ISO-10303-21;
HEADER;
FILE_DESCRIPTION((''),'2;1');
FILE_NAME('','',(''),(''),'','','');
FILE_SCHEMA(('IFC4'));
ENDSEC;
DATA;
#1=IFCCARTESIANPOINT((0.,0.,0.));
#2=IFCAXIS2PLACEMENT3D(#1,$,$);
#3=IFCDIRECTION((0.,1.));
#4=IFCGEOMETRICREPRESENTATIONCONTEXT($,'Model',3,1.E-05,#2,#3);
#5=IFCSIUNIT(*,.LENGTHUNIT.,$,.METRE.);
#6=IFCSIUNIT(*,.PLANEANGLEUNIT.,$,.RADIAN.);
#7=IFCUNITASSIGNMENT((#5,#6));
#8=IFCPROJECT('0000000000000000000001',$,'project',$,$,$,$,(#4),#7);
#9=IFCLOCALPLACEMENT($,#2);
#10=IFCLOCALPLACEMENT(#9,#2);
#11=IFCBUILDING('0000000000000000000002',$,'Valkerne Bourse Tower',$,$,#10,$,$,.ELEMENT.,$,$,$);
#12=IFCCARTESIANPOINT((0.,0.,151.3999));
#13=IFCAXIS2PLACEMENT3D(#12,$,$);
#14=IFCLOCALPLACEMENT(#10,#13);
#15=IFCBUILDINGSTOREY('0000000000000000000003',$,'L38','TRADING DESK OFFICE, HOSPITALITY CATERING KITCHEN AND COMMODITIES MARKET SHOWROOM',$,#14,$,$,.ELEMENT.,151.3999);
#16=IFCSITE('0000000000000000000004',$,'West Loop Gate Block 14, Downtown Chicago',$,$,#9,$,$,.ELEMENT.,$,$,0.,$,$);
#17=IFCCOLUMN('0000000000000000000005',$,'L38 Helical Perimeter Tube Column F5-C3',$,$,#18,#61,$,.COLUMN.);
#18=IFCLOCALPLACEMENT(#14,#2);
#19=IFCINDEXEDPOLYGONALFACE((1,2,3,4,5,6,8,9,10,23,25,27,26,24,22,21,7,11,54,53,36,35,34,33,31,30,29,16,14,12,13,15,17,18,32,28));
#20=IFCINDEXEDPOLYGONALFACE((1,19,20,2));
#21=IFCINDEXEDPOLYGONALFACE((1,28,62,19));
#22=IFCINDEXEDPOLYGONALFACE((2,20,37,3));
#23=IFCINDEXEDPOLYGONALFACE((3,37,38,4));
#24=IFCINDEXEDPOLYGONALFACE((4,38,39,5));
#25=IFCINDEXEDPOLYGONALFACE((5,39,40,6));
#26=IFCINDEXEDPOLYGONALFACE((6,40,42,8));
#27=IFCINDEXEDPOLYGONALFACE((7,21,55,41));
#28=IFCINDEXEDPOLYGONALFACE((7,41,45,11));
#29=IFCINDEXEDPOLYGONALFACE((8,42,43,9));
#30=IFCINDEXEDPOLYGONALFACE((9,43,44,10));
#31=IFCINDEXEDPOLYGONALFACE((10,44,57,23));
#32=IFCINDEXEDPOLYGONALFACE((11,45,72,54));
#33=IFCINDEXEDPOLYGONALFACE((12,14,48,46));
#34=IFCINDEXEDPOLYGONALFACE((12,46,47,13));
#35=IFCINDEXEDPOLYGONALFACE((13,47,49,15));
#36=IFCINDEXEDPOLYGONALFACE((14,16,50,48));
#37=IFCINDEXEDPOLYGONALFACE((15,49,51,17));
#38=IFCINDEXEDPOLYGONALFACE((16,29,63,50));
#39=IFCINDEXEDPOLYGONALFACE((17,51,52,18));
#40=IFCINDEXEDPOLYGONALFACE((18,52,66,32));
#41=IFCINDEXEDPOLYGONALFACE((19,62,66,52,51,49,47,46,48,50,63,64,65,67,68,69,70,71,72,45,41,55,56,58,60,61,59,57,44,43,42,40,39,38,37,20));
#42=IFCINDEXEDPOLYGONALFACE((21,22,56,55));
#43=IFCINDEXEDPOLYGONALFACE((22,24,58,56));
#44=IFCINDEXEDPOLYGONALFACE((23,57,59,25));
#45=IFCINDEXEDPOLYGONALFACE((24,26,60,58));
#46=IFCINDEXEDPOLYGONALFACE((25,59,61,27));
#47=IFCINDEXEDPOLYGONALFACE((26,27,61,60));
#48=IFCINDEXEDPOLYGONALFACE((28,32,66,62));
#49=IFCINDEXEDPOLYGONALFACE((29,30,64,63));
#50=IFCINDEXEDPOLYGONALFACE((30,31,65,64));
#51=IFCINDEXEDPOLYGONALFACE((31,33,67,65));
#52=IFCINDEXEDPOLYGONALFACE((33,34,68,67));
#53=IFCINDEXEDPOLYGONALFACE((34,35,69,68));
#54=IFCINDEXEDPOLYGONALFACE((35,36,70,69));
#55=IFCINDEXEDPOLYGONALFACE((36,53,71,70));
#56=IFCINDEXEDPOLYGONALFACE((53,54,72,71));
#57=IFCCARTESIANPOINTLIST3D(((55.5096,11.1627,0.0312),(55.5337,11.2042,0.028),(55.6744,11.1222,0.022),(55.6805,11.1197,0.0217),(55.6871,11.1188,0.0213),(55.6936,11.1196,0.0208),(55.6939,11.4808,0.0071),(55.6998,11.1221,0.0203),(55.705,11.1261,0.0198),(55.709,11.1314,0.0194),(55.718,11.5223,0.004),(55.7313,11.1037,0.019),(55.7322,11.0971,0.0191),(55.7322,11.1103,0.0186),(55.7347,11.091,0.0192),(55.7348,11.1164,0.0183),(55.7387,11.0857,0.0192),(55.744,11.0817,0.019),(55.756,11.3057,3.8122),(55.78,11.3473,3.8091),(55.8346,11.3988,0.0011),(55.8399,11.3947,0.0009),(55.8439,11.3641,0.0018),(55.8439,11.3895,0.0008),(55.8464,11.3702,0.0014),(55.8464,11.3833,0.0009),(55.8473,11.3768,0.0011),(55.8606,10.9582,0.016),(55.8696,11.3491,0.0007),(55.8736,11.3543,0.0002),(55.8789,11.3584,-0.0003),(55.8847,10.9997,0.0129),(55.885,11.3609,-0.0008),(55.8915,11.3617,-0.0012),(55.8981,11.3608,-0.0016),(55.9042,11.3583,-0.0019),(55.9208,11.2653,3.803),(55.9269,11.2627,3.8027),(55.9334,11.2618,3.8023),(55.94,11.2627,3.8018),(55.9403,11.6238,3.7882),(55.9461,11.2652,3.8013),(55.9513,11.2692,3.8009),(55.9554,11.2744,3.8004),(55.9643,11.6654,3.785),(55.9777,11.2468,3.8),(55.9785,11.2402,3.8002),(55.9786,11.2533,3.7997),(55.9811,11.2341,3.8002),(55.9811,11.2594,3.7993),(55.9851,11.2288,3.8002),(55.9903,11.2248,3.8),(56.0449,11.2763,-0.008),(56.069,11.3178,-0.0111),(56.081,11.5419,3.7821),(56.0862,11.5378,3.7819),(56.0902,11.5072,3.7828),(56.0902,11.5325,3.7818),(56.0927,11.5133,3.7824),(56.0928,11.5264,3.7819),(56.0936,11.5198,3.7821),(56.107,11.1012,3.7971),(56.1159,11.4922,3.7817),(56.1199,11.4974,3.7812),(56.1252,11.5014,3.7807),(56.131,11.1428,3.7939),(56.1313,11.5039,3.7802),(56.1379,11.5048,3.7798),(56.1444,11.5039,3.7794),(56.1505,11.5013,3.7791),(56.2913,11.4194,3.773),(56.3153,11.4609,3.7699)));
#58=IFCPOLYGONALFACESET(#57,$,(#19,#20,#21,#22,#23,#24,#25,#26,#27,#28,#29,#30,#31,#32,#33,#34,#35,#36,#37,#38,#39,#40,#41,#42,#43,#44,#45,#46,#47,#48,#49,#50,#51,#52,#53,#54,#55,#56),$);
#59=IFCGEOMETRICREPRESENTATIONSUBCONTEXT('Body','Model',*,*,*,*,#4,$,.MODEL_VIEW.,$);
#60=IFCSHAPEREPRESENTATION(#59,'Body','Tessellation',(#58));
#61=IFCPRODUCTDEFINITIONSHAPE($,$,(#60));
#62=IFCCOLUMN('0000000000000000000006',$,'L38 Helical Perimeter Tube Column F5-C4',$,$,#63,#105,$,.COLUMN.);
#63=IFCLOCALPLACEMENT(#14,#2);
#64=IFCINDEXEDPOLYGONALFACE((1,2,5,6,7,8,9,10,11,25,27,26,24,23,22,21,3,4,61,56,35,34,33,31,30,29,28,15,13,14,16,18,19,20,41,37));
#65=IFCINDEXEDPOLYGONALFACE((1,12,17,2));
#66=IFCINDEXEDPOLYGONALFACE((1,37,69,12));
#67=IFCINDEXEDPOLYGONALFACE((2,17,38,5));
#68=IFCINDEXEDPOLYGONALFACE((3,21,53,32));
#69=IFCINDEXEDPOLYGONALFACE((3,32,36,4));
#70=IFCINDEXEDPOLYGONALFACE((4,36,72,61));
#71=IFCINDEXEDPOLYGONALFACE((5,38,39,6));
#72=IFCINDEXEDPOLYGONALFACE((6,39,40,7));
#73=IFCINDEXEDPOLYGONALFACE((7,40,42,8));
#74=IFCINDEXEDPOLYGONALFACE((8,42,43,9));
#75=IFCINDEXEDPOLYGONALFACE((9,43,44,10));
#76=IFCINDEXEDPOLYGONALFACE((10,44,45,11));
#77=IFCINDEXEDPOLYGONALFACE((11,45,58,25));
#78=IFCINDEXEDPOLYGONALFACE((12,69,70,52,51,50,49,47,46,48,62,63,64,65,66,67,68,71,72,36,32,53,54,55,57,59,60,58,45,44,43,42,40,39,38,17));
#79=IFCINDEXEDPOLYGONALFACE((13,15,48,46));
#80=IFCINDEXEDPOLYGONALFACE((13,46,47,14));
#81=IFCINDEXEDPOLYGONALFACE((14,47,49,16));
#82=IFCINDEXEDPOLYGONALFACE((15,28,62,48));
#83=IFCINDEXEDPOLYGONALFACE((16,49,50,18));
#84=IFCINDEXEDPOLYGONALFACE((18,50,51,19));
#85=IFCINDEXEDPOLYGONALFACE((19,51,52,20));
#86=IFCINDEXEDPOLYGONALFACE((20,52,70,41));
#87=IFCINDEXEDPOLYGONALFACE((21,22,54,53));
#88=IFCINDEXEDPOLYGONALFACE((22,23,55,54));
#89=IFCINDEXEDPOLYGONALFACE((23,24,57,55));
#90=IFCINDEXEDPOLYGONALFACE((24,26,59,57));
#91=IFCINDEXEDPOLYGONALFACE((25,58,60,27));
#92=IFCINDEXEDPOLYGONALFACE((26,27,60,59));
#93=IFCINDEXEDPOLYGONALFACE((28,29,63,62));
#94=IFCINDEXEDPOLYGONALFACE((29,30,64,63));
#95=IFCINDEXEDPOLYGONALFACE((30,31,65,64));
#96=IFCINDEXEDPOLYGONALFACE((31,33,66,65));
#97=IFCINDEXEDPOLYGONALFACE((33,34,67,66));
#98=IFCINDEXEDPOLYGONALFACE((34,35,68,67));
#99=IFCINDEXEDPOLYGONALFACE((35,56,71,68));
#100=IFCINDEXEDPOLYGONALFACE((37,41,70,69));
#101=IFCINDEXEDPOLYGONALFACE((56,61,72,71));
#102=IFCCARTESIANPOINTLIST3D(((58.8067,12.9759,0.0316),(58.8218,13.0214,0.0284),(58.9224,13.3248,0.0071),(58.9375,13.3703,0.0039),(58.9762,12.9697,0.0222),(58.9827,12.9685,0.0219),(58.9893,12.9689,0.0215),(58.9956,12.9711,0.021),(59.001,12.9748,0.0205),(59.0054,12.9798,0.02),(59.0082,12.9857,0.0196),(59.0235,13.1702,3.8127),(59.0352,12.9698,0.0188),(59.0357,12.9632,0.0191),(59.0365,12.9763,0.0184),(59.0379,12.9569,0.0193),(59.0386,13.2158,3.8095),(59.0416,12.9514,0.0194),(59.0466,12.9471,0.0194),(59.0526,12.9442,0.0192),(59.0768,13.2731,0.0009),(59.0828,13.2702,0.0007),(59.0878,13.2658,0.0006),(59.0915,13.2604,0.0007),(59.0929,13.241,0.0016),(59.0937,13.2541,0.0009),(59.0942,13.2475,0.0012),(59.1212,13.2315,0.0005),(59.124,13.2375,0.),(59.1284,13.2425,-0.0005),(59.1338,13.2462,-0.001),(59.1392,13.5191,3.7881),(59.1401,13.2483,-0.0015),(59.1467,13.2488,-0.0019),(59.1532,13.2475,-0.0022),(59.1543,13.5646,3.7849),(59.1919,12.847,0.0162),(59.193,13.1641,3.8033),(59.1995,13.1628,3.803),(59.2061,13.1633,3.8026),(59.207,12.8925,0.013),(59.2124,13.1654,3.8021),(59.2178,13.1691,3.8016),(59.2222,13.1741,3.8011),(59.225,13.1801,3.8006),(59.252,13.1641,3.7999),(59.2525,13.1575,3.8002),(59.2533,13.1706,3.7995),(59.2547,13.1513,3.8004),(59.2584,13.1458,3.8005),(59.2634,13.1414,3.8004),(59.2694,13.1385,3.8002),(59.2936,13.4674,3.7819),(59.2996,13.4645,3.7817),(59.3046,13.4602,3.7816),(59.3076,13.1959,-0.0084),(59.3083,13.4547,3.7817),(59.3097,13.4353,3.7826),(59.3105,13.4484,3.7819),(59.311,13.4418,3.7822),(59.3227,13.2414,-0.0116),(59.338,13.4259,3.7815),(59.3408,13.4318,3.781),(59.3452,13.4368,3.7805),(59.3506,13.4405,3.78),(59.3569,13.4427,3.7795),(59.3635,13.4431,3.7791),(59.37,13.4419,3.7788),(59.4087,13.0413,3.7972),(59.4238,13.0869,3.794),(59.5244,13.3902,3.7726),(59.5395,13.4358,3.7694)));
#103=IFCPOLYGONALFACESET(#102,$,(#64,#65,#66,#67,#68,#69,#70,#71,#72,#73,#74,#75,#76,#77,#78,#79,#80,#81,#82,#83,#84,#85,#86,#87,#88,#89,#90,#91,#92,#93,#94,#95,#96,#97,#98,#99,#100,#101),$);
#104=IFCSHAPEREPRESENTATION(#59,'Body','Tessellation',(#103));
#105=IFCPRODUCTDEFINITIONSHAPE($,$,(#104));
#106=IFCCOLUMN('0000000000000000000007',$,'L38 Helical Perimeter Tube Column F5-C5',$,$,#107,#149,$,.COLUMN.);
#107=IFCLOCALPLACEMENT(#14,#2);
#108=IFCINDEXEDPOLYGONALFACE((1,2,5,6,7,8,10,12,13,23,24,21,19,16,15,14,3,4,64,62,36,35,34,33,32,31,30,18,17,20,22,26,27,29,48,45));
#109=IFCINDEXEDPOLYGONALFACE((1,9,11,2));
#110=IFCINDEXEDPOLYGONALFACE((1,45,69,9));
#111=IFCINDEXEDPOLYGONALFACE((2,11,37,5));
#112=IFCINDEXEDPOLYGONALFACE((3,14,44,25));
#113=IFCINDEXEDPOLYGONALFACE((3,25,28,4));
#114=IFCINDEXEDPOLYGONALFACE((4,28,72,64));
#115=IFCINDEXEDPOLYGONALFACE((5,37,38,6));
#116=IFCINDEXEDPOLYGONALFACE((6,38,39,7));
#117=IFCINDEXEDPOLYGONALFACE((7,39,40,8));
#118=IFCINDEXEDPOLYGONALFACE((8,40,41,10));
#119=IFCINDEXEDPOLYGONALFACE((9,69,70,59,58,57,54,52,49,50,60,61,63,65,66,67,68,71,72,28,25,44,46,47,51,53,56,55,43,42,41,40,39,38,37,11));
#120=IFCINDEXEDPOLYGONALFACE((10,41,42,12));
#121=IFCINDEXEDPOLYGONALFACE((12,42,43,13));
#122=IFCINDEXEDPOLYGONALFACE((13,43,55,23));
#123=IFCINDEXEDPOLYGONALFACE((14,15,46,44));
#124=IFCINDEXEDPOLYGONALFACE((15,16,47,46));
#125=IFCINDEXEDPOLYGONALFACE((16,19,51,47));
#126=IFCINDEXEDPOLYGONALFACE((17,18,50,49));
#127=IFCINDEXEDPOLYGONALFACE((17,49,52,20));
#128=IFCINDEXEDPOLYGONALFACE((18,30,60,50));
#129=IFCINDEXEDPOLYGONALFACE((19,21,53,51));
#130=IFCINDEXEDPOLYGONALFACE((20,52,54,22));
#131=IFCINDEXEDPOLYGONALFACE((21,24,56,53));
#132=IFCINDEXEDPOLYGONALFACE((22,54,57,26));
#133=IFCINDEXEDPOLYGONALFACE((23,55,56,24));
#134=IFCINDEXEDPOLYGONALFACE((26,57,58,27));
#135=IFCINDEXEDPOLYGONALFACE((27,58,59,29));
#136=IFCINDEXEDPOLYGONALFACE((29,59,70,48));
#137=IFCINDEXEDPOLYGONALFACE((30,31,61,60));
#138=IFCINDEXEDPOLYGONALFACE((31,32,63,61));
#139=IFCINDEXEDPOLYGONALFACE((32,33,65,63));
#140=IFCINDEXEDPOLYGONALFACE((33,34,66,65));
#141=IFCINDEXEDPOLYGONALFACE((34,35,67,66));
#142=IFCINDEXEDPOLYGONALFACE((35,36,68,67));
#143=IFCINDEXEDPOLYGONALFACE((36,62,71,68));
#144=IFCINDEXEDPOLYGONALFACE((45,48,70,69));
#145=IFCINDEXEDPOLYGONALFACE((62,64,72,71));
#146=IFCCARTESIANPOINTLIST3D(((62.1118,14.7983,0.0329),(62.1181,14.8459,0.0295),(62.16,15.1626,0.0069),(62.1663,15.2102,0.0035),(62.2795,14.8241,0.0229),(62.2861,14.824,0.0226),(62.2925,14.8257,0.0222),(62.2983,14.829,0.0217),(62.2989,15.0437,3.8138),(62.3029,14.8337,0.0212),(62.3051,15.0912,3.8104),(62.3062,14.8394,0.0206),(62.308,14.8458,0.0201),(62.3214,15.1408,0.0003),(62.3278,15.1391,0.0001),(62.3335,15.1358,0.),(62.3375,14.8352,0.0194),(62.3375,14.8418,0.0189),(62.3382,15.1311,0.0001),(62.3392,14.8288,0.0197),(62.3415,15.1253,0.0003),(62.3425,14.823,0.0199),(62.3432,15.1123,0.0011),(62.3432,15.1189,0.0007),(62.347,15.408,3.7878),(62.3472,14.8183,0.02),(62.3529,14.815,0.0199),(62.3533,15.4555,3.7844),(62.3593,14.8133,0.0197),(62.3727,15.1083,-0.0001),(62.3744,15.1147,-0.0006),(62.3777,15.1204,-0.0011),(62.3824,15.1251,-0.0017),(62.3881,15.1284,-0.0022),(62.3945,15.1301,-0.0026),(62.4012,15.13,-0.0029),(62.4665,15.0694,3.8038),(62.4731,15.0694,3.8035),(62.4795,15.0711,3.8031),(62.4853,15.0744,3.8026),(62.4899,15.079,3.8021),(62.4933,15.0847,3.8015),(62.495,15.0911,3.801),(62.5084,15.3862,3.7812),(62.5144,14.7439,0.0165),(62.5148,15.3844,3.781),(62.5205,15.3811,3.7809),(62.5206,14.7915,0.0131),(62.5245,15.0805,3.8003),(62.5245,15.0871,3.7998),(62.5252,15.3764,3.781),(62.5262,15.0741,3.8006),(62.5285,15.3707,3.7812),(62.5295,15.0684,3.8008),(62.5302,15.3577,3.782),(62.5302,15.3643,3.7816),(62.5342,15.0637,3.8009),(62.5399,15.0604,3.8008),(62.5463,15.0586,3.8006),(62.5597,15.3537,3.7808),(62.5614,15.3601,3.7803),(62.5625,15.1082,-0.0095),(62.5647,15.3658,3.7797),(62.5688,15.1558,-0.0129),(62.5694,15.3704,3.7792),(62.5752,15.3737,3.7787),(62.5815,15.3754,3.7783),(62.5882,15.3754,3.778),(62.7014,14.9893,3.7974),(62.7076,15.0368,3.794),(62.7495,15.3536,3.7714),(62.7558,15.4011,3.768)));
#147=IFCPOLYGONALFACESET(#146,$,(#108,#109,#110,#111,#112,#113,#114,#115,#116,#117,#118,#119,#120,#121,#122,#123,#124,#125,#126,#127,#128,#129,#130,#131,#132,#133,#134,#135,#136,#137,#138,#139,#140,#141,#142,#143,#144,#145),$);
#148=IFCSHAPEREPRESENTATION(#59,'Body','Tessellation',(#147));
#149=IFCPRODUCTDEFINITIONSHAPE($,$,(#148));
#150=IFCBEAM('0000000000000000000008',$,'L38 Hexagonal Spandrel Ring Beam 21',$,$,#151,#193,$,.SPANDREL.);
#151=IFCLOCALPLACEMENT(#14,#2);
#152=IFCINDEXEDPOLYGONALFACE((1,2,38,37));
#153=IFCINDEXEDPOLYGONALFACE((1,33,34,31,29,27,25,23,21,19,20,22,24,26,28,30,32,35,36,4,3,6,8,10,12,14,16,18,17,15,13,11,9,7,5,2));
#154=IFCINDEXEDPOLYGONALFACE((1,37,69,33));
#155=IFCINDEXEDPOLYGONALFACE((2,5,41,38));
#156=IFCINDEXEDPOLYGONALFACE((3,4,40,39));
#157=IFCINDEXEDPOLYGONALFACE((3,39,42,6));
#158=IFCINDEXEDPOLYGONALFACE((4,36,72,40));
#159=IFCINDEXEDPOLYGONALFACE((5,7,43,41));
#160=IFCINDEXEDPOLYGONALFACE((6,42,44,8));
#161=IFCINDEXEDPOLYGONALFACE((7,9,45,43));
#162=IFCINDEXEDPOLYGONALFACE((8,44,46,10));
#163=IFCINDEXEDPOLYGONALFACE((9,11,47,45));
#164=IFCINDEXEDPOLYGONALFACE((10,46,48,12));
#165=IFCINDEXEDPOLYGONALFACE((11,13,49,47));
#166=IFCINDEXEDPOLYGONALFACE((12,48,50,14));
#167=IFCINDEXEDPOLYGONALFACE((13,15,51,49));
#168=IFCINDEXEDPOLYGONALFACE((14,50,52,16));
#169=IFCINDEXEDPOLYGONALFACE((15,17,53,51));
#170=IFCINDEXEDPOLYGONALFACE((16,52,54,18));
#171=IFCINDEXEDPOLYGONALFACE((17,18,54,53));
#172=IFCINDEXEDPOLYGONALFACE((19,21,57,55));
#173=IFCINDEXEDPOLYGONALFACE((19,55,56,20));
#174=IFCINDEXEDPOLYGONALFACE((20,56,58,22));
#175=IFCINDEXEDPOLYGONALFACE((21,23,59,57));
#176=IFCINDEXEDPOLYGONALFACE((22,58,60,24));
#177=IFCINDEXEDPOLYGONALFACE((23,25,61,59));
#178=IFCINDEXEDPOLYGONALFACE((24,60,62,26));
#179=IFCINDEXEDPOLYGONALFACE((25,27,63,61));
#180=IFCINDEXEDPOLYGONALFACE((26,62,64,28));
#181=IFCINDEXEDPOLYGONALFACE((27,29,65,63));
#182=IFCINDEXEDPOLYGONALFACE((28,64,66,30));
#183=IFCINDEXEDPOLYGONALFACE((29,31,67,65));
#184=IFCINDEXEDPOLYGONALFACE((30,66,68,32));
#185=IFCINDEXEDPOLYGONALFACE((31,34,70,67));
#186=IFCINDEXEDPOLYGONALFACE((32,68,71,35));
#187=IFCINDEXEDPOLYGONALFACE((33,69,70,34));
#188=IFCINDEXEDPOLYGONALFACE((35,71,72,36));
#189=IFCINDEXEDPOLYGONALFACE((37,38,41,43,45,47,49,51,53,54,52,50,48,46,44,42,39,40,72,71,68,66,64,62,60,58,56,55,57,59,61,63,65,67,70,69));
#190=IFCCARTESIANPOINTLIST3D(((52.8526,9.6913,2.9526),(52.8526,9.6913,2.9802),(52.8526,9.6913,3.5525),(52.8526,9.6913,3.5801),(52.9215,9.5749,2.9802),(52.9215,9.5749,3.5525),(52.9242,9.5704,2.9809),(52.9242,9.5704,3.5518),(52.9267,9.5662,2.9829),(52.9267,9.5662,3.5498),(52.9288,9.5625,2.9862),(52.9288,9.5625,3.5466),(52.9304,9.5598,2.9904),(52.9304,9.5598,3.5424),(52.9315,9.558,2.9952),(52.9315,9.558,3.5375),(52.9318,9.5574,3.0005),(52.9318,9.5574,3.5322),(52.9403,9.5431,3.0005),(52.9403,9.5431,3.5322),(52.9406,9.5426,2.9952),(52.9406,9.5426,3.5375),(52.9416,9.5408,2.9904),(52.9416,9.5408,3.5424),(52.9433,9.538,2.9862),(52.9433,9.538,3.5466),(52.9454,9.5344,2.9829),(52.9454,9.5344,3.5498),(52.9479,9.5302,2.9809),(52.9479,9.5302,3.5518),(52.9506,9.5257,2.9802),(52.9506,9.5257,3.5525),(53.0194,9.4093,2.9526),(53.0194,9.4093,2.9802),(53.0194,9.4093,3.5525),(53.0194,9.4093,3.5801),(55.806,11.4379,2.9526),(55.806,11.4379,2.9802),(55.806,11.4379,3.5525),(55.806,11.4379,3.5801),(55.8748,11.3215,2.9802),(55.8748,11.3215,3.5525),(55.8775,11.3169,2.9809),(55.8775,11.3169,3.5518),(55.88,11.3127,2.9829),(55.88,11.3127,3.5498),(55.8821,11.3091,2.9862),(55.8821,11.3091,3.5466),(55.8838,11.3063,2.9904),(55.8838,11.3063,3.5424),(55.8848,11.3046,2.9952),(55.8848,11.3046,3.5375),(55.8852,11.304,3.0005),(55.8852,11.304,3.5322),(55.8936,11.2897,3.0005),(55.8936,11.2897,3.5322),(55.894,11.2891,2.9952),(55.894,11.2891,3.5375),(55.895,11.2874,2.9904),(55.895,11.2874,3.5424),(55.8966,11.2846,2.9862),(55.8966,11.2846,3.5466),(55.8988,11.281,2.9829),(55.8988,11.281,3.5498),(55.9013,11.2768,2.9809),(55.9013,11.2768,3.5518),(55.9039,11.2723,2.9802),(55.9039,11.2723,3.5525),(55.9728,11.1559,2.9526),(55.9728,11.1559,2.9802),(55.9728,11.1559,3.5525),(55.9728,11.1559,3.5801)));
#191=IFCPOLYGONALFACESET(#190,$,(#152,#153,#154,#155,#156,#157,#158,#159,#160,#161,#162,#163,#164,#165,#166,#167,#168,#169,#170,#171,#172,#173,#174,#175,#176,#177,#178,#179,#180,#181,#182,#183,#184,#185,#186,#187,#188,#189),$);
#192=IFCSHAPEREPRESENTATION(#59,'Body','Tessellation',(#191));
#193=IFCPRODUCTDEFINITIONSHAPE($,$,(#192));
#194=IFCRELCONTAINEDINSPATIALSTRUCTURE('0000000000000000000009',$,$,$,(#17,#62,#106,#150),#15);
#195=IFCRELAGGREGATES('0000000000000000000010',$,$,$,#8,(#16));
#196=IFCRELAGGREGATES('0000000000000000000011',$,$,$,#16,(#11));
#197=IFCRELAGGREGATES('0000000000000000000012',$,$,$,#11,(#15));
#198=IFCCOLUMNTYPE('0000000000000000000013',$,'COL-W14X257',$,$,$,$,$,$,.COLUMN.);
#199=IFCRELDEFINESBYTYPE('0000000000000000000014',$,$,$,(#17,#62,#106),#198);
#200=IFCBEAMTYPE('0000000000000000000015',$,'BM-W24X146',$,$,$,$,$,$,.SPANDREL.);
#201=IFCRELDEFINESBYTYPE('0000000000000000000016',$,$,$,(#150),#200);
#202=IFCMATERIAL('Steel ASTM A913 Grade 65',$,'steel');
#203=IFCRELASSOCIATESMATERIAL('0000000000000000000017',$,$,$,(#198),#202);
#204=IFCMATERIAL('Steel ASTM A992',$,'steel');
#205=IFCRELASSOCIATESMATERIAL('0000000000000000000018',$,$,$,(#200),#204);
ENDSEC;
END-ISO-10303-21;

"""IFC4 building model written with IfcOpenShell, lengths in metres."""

from ifc_helpers import new_model, si_unit, direction, frame, origin, origin_2d, place, context, subcontext, project, spatial, i_section, extrude, material, material_profile, profile_set, type_object, element, save


model = new_model("IFC4")

# Units and contexts
model_context = context("Model", 3, precision=1e-05, world=origin(), true_north=direction((0.0, 1.0)))
body_context = subcontext(model_context, "Body", "Model", "MODEL_VIEW")
ifc_project = project(units=[si_unit("LENGTHUNIT", "METRE"), si_unit("PLANEANGLEUNIT", "RADIAN")], contexts=[model_context])

# Site, building, storey
site_placement = place(None, origin())
site = spatial("IfcSite", under=ifc_project, at=site_placement, Name="West Loop Gate Block 14, Downtown Chicago", CompositionType="ELEMENT", RefElevation=0.0)
building_placement = place(site_placement, origin())
building = spatial("IfcBuilding", under=site, at=building_placement, Name="Valkerne Bourse Tower", CompositionType="ELEMENT")
storey_placement = place(building_placement, frame((0.0, 0.0, 151.3999)))
storey = spatial("IfcBuildingStorey", under=building, at=storey_placement, Name="L38", Description="TRADING DESK OFFICE, HOSPITALITY CATERING KITCHEN AND COMMODITIES MARKET SHOWROOM", CompositionType="ELEMENT", Elevation=151.3999)

# Columns
ifc_material_1 = material(Name="Steel ASTM A913 Grade 65", Category="steel")
ifc_material_profile_1 = material_profile(ifc_material_1, i_section(OverallWidth=0.4065, OverallDepth=0.4165, WebThickness=0.0298, FlangeThickness=0.0481, FilletRadius=0.0254, at=origin_2d()), Name="W14X257")
ifc_profile_set_1 = profile_set([ifc_material_profile_1], Name="Steel ASTM A913 Grade 65")
column_type = type_object("IfcColumnType", Name="COL-W14X257", PredefinedType="COLUMN", material=ifc_profile_set_1)
column_1_placement = place(storey_placement, frame((55.7893, 11.2402, 0.01), z_axis=(0.064967, 0.037731, 0.997174), x_axis=(-0.863475, 0.503016, 0.037223)))
element("IfcColumn", 1, at=column_1_placement, inside=storey, type_object=column_type, Name="L38 Helical Perimeter Tube Column F5-C3", PredefinedType="COLUMN", context=body_context, shape_type="SweptSolid", body=[
    extrude(i_section(OverallWidth=0.4065, OverallDepth=0.4165, WebThickness=0.0298, FlangeThickness=0.0481, FilletRadius=0.0254, at=origin_2d()), origin(), (0.0, 0.0, 1.0), 3.7917),
])
column_2_placement = place(storey_placement, frame((59.0647, 13.1086, 0.01), z_axis=(0.057169, 0.051246, 0.997048), x_axis=(-0.947638, 0.317073, 0.038039)))
element("IfcColumn", 2, at=column_2_placement, inside=storey, type_object=column_type, Name="L38 Helical Perimeter Tube Column F5-C4", PredefinedType="COLUMN", context=body_context, shape_type="SweptSolid", body=[
    extrude(i_section(OverallWidth=0.4065, OverallDepth=0.4165, WebThickness=0.0298, FlangeThickness=0.0481, FilletRadius=0.0254, at=origin_2d()), origin(), (0.0, 0.0, 1.0), 3.7922),
])
column_3_placement = place(storey_placement, frame((62.3403, 14.9771, 0.01), z_axis=(0.049297, 0.064678, 0.996688), x_axis=(-0.990188, 0.133808, 0.040292)))
element("IfcColumn", 3, at=column_3_placement, inside=storey, type_object=column_type, Name="L38 Helical Perimeter Tube Column F5-C5", PredefinedType="COLUMN", context=body_context, shape_type="SweptSolid", body=[
    extrude(i_section(OverallWidth=0.4065, OverallDepth=0.4165, WebThickness=0.0298, FlangeThickness=0.0481, FilletRadius=0.0254, at=origin_2d()), origin(), (0.0, 0.0, 1.0), 3.7935),
])

# Beam
ifc_material_2 = material(Name="Steel ASTM A992", Category="steel")
ifc_material_profile_2 = material_profile(ifc_material_2, i_section(OverallWidth=0.3276, OverallDepth=0.6274, WebThickness=0.0166, FlangeThickness=0.0276, FilletRadius=0.0203, at=origin_2d()), Name="W24X146")
ifc_profile_set_2 = profile_set([ifc_material_profile_2], Name="Steel ASTM A992")
beam_type = type_object("IfcBeamType", Name="BM-W24X146", PredefinedType="SPANDREL", material=ifc_profile_set_2)
for number, where, z_axis, x_axis, name in (
    (4, (52.936, 9.5503, 3.2664), (0.860747, 0.509034, 0.0), (-0.509034, 0.860747, 0.0), "L38 Hexagonal Spandrel Ring Beam 21"),
):
    element("IfcBeam", number, at=place(storey_placement, frame(where, z_axis=z_axis, x_axis=x_axis)), inside=storey, type_object=beam_type, Name=name, PredefinedType="SPANDREL", context=body_context, shape_type="SweptSolid", body=[
        extrude(i_section(OverallWidth=0.3276, OverallDepth=0.6274, WebThickness=0.0166, FlangeThickness=0.0276, FilletRadius=0.0203, at=origin_2d()), origin(), (0.0, 0.0, 1.0), 3.4312),
    ])

save(model, "model.ifc")
